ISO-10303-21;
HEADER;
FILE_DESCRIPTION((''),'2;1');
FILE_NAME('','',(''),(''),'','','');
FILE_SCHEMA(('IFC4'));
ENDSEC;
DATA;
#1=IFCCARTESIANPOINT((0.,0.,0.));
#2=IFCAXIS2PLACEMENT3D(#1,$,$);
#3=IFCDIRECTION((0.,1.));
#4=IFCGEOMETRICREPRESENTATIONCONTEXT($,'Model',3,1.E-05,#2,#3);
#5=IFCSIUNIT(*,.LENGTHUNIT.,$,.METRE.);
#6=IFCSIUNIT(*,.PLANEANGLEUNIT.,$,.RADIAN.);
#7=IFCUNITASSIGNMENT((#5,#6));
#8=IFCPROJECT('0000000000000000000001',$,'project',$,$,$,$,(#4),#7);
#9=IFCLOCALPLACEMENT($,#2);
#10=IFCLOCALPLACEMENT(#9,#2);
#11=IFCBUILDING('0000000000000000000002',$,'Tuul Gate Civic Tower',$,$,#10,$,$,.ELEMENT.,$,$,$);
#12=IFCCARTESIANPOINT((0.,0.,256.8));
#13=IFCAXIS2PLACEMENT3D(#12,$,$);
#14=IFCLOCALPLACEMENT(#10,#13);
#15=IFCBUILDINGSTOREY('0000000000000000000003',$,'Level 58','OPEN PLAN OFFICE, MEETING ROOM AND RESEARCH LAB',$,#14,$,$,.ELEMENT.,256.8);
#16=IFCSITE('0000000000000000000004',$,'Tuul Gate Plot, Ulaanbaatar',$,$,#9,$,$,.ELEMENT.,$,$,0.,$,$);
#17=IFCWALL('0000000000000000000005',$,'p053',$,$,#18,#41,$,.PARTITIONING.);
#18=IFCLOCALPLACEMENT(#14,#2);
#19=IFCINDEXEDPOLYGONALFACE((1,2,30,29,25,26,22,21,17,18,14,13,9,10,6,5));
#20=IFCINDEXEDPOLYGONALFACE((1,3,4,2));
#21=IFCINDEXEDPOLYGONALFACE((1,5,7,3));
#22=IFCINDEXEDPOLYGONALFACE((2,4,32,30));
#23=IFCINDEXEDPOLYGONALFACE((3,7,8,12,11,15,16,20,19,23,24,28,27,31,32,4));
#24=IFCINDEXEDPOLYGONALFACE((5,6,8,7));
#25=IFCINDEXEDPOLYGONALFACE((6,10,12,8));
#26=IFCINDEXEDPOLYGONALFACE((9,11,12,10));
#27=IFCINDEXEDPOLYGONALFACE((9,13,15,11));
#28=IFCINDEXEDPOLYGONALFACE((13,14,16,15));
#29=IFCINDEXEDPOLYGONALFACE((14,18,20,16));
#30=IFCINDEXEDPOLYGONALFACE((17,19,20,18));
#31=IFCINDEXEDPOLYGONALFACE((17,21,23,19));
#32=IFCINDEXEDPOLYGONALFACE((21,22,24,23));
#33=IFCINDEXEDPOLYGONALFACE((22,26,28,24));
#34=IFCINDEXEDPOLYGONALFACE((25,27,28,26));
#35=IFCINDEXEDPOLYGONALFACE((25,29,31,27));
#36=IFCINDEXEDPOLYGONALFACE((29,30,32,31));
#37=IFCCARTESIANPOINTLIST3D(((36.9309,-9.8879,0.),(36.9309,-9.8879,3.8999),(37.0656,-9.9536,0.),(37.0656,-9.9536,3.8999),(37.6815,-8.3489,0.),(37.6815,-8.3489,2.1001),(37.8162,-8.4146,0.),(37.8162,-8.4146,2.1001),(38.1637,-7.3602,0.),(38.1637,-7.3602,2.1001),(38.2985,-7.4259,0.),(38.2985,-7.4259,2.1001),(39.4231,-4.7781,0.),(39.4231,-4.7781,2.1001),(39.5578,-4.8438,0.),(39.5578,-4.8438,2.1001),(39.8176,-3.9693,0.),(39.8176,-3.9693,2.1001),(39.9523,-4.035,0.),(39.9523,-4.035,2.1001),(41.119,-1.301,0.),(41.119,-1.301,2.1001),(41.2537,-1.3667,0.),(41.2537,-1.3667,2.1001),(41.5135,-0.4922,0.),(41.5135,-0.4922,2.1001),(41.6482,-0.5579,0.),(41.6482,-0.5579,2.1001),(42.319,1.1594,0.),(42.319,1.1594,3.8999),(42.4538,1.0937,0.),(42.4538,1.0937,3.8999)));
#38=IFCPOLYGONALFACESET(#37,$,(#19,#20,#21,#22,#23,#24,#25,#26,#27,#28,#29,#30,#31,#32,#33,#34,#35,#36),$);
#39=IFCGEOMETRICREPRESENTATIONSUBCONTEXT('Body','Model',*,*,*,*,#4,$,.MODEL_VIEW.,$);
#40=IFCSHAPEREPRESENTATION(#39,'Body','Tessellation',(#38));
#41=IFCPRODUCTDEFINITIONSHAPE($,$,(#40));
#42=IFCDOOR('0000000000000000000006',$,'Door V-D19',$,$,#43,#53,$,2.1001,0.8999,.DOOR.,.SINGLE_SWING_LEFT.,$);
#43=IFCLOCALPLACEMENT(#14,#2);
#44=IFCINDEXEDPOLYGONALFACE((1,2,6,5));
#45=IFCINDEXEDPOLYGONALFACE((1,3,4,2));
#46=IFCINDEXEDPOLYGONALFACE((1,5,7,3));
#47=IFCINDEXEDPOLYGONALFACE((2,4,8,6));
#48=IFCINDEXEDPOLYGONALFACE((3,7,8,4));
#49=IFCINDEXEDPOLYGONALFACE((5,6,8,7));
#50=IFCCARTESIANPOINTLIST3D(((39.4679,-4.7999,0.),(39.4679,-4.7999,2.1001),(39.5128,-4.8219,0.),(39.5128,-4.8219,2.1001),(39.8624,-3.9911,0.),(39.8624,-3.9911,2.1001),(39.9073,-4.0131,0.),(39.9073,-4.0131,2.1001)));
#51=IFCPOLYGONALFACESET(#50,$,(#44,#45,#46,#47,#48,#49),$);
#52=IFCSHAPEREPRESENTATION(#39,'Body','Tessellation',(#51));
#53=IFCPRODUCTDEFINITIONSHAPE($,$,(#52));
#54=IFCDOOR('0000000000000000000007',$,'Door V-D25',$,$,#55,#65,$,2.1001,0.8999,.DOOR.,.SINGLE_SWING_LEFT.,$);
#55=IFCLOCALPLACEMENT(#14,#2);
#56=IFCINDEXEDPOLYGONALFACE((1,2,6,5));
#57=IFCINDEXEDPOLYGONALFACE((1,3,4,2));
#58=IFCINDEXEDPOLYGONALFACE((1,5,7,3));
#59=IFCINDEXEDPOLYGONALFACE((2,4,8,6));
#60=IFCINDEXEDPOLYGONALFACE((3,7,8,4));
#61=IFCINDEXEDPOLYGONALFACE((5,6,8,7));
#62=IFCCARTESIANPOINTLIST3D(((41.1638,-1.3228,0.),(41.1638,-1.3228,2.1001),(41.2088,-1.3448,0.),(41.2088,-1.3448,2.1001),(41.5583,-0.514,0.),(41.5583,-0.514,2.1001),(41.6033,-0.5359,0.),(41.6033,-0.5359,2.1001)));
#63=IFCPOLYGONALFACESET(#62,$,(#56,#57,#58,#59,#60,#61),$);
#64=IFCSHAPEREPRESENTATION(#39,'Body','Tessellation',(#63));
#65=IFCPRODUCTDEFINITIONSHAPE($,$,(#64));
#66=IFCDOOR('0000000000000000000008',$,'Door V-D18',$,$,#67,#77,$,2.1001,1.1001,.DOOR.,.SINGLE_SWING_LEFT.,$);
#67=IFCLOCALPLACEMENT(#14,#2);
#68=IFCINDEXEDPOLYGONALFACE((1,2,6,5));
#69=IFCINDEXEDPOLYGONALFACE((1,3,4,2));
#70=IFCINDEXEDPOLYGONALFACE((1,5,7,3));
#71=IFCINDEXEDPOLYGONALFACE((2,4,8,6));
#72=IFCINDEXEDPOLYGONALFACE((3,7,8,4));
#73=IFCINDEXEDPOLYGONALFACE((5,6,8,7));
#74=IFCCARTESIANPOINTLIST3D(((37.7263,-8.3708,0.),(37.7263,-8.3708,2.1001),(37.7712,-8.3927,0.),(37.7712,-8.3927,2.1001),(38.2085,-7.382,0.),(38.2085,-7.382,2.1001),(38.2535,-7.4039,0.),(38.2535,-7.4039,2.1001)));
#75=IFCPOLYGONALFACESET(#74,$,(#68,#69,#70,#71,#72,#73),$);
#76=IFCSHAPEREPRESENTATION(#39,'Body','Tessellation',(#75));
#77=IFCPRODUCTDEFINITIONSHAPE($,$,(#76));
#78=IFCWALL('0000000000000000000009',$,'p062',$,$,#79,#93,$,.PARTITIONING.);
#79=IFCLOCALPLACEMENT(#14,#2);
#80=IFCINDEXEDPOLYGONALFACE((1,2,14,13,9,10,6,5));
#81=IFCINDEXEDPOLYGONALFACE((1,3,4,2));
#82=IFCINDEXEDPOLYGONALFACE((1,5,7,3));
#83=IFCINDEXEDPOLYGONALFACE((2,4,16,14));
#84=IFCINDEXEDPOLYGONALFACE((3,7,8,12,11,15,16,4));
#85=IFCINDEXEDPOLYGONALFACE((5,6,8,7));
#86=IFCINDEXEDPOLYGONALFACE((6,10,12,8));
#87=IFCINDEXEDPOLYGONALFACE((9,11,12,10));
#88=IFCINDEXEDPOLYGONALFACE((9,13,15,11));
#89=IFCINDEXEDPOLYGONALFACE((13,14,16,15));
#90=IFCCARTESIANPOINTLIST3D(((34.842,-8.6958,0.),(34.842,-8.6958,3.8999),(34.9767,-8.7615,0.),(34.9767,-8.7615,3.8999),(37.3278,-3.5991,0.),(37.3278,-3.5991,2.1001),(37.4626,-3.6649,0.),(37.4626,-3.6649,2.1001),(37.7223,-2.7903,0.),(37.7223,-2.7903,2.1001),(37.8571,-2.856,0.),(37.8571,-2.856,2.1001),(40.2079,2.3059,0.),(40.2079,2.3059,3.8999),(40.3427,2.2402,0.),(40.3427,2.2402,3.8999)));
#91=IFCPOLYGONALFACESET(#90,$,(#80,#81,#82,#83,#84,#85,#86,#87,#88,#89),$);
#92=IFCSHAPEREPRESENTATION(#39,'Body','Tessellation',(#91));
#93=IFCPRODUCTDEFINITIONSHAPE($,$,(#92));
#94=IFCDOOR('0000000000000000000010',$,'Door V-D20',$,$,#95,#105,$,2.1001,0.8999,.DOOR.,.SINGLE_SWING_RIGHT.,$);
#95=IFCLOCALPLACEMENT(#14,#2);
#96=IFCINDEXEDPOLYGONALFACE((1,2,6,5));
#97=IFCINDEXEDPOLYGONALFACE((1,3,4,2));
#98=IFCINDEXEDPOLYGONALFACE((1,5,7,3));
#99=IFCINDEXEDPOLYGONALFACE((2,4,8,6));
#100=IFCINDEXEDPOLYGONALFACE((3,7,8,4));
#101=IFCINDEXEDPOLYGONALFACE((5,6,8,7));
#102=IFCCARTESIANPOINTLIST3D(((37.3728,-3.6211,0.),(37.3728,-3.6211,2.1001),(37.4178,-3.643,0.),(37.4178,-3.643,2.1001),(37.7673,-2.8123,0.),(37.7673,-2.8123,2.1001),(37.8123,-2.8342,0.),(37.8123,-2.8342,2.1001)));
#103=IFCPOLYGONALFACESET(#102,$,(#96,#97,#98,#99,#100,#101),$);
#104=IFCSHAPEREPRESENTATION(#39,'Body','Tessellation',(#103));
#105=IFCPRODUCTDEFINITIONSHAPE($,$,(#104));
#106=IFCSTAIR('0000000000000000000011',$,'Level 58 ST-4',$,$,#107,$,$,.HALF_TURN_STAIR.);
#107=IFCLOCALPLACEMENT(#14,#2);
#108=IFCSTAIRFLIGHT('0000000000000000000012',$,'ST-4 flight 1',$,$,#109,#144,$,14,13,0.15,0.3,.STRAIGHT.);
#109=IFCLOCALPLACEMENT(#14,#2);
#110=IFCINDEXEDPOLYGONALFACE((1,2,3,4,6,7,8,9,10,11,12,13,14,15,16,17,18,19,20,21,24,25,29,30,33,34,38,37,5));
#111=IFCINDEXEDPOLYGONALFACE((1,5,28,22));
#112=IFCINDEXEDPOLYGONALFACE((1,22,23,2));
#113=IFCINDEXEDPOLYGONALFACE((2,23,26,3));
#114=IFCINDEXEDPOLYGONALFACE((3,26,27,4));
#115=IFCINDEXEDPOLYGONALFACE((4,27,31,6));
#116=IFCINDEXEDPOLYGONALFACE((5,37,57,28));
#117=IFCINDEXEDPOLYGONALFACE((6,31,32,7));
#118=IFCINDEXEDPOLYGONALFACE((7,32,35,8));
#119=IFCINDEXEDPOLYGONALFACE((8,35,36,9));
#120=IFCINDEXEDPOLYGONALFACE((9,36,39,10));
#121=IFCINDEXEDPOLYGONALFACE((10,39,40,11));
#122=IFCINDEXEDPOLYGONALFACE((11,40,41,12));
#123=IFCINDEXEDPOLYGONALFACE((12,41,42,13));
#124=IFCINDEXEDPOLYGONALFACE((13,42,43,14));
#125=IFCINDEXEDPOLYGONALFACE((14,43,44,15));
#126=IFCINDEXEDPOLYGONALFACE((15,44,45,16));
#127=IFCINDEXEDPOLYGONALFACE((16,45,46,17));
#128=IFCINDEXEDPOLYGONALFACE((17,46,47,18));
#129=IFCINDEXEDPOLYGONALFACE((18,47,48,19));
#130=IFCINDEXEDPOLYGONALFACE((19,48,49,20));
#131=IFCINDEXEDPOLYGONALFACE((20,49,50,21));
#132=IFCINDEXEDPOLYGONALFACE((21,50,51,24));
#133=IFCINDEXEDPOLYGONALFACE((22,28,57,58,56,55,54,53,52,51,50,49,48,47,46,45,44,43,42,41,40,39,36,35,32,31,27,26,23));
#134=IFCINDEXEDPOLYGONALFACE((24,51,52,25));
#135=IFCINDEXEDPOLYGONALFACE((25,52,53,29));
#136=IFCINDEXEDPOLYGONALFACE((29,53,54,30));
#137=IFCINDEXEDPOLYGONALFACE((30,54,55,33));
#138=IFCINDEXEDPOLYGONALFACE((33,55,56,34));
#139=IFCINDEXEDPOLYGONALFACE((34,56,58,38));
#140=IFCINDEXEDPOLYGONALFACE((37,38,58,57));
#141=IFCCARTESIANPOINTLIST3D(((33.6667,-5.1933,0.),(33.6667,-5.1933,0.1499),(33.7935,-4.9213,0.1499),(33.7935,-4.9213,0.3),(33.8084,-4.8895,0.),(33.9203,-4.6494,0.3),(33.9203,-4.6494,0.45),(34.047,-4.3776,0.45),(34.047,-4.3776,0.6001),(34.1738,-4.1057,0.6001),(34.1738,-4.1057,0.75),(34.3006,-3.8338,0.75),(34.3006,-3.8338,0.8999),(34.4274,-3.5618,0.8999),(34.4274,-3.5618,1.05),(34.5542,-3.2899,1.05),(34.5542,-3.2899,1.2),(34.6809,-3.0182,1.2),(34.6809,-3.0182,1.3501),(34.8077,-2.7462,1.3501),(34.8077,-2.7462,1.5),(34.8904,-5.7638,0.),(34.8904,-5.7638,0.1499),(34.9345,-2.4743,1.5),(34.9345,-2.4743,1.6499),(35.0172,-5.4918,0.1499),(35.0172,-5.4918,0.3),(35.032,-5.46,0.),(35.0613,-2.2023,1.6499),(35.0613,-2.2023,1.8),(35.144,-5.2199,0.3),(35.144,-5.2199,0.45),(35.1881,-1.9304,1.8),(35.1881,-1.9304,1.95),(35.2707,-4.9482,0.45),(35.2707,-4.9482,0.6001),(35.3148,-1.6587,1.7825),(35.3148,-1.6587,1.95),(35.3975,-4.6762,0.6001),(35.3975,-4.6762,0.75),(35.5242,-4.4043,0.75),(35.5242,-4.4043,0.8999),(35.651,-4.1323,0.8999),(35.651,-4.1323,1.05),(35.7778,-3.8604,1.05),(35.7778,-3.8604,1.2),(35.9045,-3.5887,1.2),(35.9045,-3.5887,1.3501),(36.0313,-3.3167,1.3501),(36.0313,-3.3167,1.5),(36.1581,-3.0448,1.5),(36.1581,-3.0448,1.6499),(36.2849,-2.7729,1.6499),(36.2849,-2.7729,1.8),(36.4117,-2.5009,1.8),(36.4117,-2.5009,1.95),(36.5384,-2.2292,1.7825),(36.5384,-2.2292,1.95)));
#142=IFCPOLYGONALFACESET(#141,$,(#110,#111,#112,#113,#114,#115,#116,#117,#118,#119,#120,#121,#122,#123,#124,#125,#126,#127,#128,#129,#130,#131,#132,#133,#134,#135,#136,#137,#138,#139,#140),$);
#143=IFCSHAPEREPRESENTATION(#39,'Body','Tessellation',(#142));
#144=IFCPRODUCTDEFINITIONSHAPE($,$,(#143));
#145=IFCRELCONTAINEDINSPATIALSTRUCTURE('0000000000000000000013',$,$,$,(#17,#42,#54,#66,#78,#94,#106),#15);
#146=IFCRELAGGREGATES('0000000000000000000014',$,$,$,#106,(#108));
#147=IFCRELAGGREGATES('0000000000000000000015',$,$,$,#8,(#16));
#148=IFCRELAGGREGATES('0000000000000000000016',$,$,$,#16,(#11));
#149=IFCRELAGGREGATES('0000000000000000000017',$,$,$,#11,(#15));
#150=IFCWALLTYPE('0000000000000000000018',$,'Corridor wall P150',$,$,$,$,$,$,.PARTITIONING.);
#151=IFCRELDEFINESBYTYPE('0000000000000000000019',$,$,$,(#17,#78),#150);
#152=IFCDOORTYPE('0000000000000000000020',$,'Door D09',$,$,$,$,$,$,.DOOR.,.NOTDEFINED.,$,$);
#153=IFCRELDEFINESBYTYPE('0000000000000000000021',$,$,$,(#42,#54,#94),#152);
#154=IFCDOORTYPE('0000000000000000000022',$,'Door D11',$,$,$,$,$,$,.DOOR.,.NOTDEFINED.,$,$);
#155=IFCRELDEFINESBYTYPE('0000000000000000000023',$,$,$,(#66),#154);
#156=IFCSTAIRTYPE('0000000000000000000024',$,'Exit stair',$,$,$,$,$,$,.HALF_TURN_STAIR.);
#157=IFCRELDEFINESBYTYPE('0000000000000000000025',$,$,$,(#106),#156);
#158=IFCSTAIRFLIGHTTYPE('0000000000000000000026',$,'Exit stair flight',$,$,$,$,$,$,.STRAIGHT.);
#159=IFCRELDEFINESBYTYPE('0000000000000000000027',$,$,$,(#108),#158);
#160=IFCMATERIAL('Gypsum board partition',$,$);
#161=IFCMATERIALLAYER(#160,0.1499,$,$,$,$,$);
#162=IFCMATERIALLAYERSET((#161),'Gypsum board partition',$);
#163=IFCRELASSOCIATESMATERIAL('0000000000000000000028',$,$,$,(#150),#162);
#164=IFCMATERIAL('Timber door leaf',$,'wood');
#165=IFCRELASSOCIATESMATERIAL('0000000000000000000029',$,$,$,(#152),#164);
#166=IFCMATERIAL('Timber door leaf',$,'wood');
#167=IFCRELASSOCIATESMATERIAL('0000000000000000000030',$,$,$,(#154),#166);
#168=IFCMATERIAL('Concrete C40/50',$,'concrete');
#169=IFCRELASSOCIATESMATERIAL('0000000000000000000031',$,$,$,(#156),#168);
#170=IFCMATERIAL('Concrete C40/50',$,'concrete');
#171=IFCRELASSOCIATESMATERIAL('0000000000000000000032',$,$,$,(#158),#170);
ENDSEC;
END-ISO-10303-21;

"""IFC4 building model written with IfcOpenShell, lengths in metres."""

from ifc_helpers import new_model, si_unit, direction, frame, frame_2d, origin, place, context, subcontext, project, spatial, polyline, rectangle, outline, extrude, material, layer, layer_set, type_object, element, fill, aggregate, save


model = new_model("IFC4")

# Units and contexts
model_context = context("Model", 3, precision=1e-05, world=origin(), true_north=direction((0.0, 1.0)))
body_context = subcontext(model_context, "Body", "Model", "MODEL_VIEW")
ifc_project = project(units=[si_unit("LENGTHUNIT", "METRE"), si_unit("PLANEANGLEUNIT", "RADIAN")], contexts=[model_context])

# Site, building, storey
site_placement = place(None, origin())
site = spatial("IfcSite", under=ifc_project, at=site_placement, Name="Tuul Gate Plot, Ulaanbaatar", CompositionType="ELEMENT", RefElevation=0.0)
building_placement = place(site_placement, origin())
building = spatial("IfcBuilding", under=site, at=building_placement, Name="Tuul Gate Civic Tower", CompositionType="ELEMENT")
storey_placement = place(building_placement, frame((0.0, 0.0, 256.8)))
storey = spatial("IfcBuildingStorey", under=building, at=storey_placement, Name="Level 58", Description="OPEN PLAN OFFICE, MEETING ROOM AND RESEARCH LAB", CompositionType="ELEMENT", Elevation=256.8)

# Shared definitions
ifc_material_1 = material(Name="Gypsum board partition")
ifc_layer_1 = layer(ifc_material_1, 0.1499)
ifc_layer_set_1 = layer_set([ifc_layer_1], Name="Gypsum board partition")
wall_type_1 = type_object("IfcWallType", Name="Corridor wall P150", PredefinedType="PARTITIONING", material=ifc_layer_set_1)

# Wall, openings, doors
wall_1_placement = place(storey_placement, frame((36.9983, -9.9207, 0.0), z_axis=(0.0, 0.0, 1.0), x_axis=(0.438373, 0.898793, 0.0)))
wall_1 = element("IfcWall", 1, at=wall_1_placement, inside=storey, type_object=wall_type_1, Name="p053", PredefinedType="PARTITIONING", context=body_context, shape_type="SweptSolid", body=[
    extrude(rectangle(XDim=12.2913, YDim=0.1499, at=frame_2d((6.1455, 0.0))), origin(), (0.0, 0.0, 1.0), 3.8999),
])
opening_1_placement = place(wall_1_placement, frame((1.7122, 0.0, 0.0)))
opening_1 = element("IfcOpeningElement", 2, at=opening_1_placement, cuts=wall_1, PredefinedType="OPENING", context=body_context, shape_type="SweptSolid", body=[
    extrude(rectangle(XDim=1.1001, YDim=2.1001, at=frame_2d((0.55, 1.05))), frame((0.0, 0.085, 0.0), z_axis=(0.0, -1.0, 0.0), x_axis=(1.0, 0.0, 0.0)), (0.0, 0.0, 1.0), 0.1699),
])
opening_2_placement = place(wall_1_placement, frame((5.6851, 0.0, 0.0)))
opening_2 = element("IfcOpeningElement", 3, at=opening_2_placement, cuts=wall_1, PredefinedType="OPENING", context=body_context, shape_type="SweptSolid", body=[
    extrude(rectangle(XDim=0.8999, YDim=2.1001, at=frame_2d((0.45, 1.05))), frame((0.0, 0.085, 0.0), z_axis=(0.0, -1.0, 0.0), x_axis=(1.0, 0.0, 0.0)), (0.0, 0.0, 1.0), 0.1699),
])
opening_3_placement = place(wall_1_placement, frame((9.5537, 0.0, 0.0)))
opening_3 = element("IfcOpeningElement", 4, at=opening_3_placement, cuts=wall_1, PredefinedType="OPENING", context=body_context, shape_type="SweptSolid", body=[
    extrude(rectangle(XDim=0.8999, YDim=2.1001, at=frame_2d((0.45, 1.05))), frame((0.0, 0.085, 0.0), z_axis=(0.0, -1.0, 0.0), x_axis=(1.0, 0.0, 0.0)), (0.0, 0.0, 1.0), 0.1699),
])
ifc_material_2 = material(Name="Timber door leaf", Category="wood")
door_type_1 = type_object("IfcDoorType", Name="Door D09", OperationType="NOTDEFINED", PredefinedType="DOOR", material=ifc_material_2)
door_1_placement = place(opening_2_placement, frame((0.8999, 0.0, 0.0), z_axis=(0.0, 0.0, 1.0), x_axis=(-1.0, 0.0, 0.0)))
door_1 = element("IfcDoor", 5, at=door_1_placement, inside=storey, type_object=door_type_1, Name="Door V-D19", OperationType="SINGLE_SWING_LEFT", OverallHeight=2.1001, OverallWidth=0.8999, PredefinedType="DOOR", context=body_context, shape_type="SweptSolid", body=[
    extrude(rectangle(XDim=0.8999, YDim=2.1001, at=frame_2d((0.45, 1.05))), frame((0.0, 0.0249, 0.0), z_axis=(0.0, -1.0, 0.0), x_axis=(1.0, 0.0, 0.0)), (0.0, 0.0, 1.0), 0.05),
])
fill(opening_2, door_1)
door_2_placement = place(opening_3_placement, frame((0.8999, 0.0, 0.0), z_axis=(0.0, 0.0, 1.0), x_axis=(-1.0, 0.0, 0.0)))
door_2 = element("IfcDoor", 6, at=door_2_placement, inside=storey, type_object=door_type_1, Name="Door V-D25", OperationType="SINGLE_SWING_LEFT", OverallHeight=2.1001, OverallWidth=0.8999, PredefinedType="DOOR", context=body_context, shape_type="SweptSolid", body=[
    extrude(rectangle(XDim=0.8999, YDim=2.1001, at=frame_2d((0.45, 1.05))), frame((0.0, 0.0249, 0.0), z_axis=(0.0, -1.0, 0.0), x_axis=(1.0, 0.0, 0.0)), (0.0, 0.0, 1.0), 0.05),
])
fill(opening_3, door_2)
ifc_material_3 = material(Name="Timber door leaf", Category="wood")
door_type_2 = type_object("IfcDoorType", Name="Door D11", OperationType="NOTDEFINED", PredefinedType="DOOR", material=ifc_material_3)
door_3_placement = place(opening_1_placement, frame((1.1001, 0.0, 0.0), z_axis=(0.0, 0.0, 1.0), x_axis=(-1.0, 0.0, 0.0)))
door_3 = element("IfcDoor", 7, at=door_3_placement, inside=storey, type_object=door_type_2, Name="Door V-D18", OperationType="SINGLE_SWING_LEFT", OverallHeight=2.1001, OverallWidth=1.1001, PredefinedType="DOOR", context=body_context, shape_type="SweptSolid", body=[
    extrude(rectangle(XDim=1.1001, YDim=2.1001, at=frame_2d((0.55, 1.05))), frame((0.0, 0.0249, 0.0), z_axis=(0.0, -1.0, 0.0), x_axis=(1.0, 0.0, 0.0)), (0.0, 0.0, 1.0), 0.05),
])
fill(opening_1, door_3)

# Wall, opening, door
wall_2_placement = place(storey_placement, frame((34.9094, -8.7285, 0.0), z_axis=(0.0, 0.0, 1.0), x_axis=(0.438376, 0.898792, 0.0)))
wall_2 = element("IfcWall", 8, at=wall_2_placement, inside=storey, type_object=wall_type_1, Name="p062", PredefinedType="PARTITIONING", context=body_context, shape_type="SweptSolid", body=[
    extrude(rectangle(XDim=12.2405, YDim=0.1499, at=frame_2d((6.1201, 0.0))), origin(), (0.0, 0.0, 1.0), 3.8999),
])
opening_4_placement = place(wall_2_placement, frame((5.6704, 0.0, 0.0)))
opening_4 = element("IfcOpeningElement", 9, at=opening_4_placement, cuts=wall_2, PredefinedType="OPENING", context=body_context, shape_type="SweptSolid", body=[
    extrude(rectangle(XDim=0.8999, YDim=2.1001, at=frame_2d((0.45, 1.05))), frame((0.0, 0.085, 0.0), z_axis=(0.0, -1.0, 0.0), x_axis=(1.0, 0.0, 0.0)), (0.0, 0.0, 1.0), 0.1699),
])
door_4_placement = place(opening_4_placement, origin())
door_4 = element("IfcDoor", 10, at=door_4_placement, inside=storey, type_object=door_type_1, Name="Door V-D20", OperationType="SINGLE_SWING_RIGHT", OverallHeight=2.1001, OverallWidth=0.8999, PredefinedType="DOOR", context=body_context, shape_type="SweptSolid", body=[
    extrude(rectangle(XDim=0.8999, YDim=2.1001, at=frame_2d((0.45, 1.05))), frame((0.0, 0.0249, 0.0), z_axis=(0.0, -1.0, 0.0), x_axis=(1.0, 0.0, 0.0)), (0.0, 0.0, 1.0), 0.05),
])
fill(opening_4, door_4)

# Stair, stair flight
ifc_material_4 = material(Name="Concrete C40/50", Category="concrete")
stair_type = type_object("IfcStairType", Name="Exit stair", PredefinedType="HALF_TURN_STAIR", material=ifc_material_4)
stair_placement = place(storey_placement, origin())
stair = element("IfcStair", 11, at=stair_placement, inside=storey, type_object=stair_type, Name="Level 58 ST-4", PredefinedType="HALF_TURN_STAIR")
ifc_material_5 = material(Name="Concrete C40/50", Category="concrete")
stair_flight_type = type_object("IfcStairFlightType", Name="Exit stair flight", PredefinedType="STRAIGHT", material=ifc_material_5)
stair_flight_placement = place(storey_placement, frame((34.2786, -5.4785, 0.0), z_axis=(0.0, 0.0, 1.0), x_axis=(0.422576, 0.906327, 0.0)))
stair_flight = element("IfcStairFlight", 12, at=stair_flight_placement, type_object=stair_flight_type, Name="ST-4 flight 1", NumberOfRisers=14, NumberOfTreads=13, PredefinedType="STRAIGHT", RiserHeight=0.15, TreadLength=0.3, context=body_context, shape_type="SweptSolid", body=[
    extrude(outline(polyline([(0.0, 0.0), (0.0, 0.1499), (0.3, 0.1499), (0.3, 0.3), (0.6001, 0.3), (0.6001, 0.45), (0.8999, 0.45), (0.8999, 0.6001), (1.2, 0.6001), (1.2, 0.75), (1.5, 0.75), (1.5, 0.8999), (1.8, 0.8999), (1.8, 1.05), (2.1001, 1.05), (2.1001, 1.2), (2.3999, 1.2), (2.3999, 1.3501), (2.7, 1.3501), (2.7, 1.5), (3.0, 1.5), (3.0, 1.6499), (3.3, 1.6499), (3.3, 1.8), (3.6001, 1.8), (3.6001, 1.95), (3.8999, 1.95), (3.8999, 2.1001), (3.8999, 1.7825), (0.3352, 0.0), (0.0, 0.0)])), frame((0.0, 0.675, 0.0), z_axis=(0.0, -1.0, 0.0), x_axis=(1.0, 0.0, 0.0)), (0.0, 0.0, 1.0), 1.3501),
])
aggregate(stair, [stair_flight])

save(model, "model.ifc")
